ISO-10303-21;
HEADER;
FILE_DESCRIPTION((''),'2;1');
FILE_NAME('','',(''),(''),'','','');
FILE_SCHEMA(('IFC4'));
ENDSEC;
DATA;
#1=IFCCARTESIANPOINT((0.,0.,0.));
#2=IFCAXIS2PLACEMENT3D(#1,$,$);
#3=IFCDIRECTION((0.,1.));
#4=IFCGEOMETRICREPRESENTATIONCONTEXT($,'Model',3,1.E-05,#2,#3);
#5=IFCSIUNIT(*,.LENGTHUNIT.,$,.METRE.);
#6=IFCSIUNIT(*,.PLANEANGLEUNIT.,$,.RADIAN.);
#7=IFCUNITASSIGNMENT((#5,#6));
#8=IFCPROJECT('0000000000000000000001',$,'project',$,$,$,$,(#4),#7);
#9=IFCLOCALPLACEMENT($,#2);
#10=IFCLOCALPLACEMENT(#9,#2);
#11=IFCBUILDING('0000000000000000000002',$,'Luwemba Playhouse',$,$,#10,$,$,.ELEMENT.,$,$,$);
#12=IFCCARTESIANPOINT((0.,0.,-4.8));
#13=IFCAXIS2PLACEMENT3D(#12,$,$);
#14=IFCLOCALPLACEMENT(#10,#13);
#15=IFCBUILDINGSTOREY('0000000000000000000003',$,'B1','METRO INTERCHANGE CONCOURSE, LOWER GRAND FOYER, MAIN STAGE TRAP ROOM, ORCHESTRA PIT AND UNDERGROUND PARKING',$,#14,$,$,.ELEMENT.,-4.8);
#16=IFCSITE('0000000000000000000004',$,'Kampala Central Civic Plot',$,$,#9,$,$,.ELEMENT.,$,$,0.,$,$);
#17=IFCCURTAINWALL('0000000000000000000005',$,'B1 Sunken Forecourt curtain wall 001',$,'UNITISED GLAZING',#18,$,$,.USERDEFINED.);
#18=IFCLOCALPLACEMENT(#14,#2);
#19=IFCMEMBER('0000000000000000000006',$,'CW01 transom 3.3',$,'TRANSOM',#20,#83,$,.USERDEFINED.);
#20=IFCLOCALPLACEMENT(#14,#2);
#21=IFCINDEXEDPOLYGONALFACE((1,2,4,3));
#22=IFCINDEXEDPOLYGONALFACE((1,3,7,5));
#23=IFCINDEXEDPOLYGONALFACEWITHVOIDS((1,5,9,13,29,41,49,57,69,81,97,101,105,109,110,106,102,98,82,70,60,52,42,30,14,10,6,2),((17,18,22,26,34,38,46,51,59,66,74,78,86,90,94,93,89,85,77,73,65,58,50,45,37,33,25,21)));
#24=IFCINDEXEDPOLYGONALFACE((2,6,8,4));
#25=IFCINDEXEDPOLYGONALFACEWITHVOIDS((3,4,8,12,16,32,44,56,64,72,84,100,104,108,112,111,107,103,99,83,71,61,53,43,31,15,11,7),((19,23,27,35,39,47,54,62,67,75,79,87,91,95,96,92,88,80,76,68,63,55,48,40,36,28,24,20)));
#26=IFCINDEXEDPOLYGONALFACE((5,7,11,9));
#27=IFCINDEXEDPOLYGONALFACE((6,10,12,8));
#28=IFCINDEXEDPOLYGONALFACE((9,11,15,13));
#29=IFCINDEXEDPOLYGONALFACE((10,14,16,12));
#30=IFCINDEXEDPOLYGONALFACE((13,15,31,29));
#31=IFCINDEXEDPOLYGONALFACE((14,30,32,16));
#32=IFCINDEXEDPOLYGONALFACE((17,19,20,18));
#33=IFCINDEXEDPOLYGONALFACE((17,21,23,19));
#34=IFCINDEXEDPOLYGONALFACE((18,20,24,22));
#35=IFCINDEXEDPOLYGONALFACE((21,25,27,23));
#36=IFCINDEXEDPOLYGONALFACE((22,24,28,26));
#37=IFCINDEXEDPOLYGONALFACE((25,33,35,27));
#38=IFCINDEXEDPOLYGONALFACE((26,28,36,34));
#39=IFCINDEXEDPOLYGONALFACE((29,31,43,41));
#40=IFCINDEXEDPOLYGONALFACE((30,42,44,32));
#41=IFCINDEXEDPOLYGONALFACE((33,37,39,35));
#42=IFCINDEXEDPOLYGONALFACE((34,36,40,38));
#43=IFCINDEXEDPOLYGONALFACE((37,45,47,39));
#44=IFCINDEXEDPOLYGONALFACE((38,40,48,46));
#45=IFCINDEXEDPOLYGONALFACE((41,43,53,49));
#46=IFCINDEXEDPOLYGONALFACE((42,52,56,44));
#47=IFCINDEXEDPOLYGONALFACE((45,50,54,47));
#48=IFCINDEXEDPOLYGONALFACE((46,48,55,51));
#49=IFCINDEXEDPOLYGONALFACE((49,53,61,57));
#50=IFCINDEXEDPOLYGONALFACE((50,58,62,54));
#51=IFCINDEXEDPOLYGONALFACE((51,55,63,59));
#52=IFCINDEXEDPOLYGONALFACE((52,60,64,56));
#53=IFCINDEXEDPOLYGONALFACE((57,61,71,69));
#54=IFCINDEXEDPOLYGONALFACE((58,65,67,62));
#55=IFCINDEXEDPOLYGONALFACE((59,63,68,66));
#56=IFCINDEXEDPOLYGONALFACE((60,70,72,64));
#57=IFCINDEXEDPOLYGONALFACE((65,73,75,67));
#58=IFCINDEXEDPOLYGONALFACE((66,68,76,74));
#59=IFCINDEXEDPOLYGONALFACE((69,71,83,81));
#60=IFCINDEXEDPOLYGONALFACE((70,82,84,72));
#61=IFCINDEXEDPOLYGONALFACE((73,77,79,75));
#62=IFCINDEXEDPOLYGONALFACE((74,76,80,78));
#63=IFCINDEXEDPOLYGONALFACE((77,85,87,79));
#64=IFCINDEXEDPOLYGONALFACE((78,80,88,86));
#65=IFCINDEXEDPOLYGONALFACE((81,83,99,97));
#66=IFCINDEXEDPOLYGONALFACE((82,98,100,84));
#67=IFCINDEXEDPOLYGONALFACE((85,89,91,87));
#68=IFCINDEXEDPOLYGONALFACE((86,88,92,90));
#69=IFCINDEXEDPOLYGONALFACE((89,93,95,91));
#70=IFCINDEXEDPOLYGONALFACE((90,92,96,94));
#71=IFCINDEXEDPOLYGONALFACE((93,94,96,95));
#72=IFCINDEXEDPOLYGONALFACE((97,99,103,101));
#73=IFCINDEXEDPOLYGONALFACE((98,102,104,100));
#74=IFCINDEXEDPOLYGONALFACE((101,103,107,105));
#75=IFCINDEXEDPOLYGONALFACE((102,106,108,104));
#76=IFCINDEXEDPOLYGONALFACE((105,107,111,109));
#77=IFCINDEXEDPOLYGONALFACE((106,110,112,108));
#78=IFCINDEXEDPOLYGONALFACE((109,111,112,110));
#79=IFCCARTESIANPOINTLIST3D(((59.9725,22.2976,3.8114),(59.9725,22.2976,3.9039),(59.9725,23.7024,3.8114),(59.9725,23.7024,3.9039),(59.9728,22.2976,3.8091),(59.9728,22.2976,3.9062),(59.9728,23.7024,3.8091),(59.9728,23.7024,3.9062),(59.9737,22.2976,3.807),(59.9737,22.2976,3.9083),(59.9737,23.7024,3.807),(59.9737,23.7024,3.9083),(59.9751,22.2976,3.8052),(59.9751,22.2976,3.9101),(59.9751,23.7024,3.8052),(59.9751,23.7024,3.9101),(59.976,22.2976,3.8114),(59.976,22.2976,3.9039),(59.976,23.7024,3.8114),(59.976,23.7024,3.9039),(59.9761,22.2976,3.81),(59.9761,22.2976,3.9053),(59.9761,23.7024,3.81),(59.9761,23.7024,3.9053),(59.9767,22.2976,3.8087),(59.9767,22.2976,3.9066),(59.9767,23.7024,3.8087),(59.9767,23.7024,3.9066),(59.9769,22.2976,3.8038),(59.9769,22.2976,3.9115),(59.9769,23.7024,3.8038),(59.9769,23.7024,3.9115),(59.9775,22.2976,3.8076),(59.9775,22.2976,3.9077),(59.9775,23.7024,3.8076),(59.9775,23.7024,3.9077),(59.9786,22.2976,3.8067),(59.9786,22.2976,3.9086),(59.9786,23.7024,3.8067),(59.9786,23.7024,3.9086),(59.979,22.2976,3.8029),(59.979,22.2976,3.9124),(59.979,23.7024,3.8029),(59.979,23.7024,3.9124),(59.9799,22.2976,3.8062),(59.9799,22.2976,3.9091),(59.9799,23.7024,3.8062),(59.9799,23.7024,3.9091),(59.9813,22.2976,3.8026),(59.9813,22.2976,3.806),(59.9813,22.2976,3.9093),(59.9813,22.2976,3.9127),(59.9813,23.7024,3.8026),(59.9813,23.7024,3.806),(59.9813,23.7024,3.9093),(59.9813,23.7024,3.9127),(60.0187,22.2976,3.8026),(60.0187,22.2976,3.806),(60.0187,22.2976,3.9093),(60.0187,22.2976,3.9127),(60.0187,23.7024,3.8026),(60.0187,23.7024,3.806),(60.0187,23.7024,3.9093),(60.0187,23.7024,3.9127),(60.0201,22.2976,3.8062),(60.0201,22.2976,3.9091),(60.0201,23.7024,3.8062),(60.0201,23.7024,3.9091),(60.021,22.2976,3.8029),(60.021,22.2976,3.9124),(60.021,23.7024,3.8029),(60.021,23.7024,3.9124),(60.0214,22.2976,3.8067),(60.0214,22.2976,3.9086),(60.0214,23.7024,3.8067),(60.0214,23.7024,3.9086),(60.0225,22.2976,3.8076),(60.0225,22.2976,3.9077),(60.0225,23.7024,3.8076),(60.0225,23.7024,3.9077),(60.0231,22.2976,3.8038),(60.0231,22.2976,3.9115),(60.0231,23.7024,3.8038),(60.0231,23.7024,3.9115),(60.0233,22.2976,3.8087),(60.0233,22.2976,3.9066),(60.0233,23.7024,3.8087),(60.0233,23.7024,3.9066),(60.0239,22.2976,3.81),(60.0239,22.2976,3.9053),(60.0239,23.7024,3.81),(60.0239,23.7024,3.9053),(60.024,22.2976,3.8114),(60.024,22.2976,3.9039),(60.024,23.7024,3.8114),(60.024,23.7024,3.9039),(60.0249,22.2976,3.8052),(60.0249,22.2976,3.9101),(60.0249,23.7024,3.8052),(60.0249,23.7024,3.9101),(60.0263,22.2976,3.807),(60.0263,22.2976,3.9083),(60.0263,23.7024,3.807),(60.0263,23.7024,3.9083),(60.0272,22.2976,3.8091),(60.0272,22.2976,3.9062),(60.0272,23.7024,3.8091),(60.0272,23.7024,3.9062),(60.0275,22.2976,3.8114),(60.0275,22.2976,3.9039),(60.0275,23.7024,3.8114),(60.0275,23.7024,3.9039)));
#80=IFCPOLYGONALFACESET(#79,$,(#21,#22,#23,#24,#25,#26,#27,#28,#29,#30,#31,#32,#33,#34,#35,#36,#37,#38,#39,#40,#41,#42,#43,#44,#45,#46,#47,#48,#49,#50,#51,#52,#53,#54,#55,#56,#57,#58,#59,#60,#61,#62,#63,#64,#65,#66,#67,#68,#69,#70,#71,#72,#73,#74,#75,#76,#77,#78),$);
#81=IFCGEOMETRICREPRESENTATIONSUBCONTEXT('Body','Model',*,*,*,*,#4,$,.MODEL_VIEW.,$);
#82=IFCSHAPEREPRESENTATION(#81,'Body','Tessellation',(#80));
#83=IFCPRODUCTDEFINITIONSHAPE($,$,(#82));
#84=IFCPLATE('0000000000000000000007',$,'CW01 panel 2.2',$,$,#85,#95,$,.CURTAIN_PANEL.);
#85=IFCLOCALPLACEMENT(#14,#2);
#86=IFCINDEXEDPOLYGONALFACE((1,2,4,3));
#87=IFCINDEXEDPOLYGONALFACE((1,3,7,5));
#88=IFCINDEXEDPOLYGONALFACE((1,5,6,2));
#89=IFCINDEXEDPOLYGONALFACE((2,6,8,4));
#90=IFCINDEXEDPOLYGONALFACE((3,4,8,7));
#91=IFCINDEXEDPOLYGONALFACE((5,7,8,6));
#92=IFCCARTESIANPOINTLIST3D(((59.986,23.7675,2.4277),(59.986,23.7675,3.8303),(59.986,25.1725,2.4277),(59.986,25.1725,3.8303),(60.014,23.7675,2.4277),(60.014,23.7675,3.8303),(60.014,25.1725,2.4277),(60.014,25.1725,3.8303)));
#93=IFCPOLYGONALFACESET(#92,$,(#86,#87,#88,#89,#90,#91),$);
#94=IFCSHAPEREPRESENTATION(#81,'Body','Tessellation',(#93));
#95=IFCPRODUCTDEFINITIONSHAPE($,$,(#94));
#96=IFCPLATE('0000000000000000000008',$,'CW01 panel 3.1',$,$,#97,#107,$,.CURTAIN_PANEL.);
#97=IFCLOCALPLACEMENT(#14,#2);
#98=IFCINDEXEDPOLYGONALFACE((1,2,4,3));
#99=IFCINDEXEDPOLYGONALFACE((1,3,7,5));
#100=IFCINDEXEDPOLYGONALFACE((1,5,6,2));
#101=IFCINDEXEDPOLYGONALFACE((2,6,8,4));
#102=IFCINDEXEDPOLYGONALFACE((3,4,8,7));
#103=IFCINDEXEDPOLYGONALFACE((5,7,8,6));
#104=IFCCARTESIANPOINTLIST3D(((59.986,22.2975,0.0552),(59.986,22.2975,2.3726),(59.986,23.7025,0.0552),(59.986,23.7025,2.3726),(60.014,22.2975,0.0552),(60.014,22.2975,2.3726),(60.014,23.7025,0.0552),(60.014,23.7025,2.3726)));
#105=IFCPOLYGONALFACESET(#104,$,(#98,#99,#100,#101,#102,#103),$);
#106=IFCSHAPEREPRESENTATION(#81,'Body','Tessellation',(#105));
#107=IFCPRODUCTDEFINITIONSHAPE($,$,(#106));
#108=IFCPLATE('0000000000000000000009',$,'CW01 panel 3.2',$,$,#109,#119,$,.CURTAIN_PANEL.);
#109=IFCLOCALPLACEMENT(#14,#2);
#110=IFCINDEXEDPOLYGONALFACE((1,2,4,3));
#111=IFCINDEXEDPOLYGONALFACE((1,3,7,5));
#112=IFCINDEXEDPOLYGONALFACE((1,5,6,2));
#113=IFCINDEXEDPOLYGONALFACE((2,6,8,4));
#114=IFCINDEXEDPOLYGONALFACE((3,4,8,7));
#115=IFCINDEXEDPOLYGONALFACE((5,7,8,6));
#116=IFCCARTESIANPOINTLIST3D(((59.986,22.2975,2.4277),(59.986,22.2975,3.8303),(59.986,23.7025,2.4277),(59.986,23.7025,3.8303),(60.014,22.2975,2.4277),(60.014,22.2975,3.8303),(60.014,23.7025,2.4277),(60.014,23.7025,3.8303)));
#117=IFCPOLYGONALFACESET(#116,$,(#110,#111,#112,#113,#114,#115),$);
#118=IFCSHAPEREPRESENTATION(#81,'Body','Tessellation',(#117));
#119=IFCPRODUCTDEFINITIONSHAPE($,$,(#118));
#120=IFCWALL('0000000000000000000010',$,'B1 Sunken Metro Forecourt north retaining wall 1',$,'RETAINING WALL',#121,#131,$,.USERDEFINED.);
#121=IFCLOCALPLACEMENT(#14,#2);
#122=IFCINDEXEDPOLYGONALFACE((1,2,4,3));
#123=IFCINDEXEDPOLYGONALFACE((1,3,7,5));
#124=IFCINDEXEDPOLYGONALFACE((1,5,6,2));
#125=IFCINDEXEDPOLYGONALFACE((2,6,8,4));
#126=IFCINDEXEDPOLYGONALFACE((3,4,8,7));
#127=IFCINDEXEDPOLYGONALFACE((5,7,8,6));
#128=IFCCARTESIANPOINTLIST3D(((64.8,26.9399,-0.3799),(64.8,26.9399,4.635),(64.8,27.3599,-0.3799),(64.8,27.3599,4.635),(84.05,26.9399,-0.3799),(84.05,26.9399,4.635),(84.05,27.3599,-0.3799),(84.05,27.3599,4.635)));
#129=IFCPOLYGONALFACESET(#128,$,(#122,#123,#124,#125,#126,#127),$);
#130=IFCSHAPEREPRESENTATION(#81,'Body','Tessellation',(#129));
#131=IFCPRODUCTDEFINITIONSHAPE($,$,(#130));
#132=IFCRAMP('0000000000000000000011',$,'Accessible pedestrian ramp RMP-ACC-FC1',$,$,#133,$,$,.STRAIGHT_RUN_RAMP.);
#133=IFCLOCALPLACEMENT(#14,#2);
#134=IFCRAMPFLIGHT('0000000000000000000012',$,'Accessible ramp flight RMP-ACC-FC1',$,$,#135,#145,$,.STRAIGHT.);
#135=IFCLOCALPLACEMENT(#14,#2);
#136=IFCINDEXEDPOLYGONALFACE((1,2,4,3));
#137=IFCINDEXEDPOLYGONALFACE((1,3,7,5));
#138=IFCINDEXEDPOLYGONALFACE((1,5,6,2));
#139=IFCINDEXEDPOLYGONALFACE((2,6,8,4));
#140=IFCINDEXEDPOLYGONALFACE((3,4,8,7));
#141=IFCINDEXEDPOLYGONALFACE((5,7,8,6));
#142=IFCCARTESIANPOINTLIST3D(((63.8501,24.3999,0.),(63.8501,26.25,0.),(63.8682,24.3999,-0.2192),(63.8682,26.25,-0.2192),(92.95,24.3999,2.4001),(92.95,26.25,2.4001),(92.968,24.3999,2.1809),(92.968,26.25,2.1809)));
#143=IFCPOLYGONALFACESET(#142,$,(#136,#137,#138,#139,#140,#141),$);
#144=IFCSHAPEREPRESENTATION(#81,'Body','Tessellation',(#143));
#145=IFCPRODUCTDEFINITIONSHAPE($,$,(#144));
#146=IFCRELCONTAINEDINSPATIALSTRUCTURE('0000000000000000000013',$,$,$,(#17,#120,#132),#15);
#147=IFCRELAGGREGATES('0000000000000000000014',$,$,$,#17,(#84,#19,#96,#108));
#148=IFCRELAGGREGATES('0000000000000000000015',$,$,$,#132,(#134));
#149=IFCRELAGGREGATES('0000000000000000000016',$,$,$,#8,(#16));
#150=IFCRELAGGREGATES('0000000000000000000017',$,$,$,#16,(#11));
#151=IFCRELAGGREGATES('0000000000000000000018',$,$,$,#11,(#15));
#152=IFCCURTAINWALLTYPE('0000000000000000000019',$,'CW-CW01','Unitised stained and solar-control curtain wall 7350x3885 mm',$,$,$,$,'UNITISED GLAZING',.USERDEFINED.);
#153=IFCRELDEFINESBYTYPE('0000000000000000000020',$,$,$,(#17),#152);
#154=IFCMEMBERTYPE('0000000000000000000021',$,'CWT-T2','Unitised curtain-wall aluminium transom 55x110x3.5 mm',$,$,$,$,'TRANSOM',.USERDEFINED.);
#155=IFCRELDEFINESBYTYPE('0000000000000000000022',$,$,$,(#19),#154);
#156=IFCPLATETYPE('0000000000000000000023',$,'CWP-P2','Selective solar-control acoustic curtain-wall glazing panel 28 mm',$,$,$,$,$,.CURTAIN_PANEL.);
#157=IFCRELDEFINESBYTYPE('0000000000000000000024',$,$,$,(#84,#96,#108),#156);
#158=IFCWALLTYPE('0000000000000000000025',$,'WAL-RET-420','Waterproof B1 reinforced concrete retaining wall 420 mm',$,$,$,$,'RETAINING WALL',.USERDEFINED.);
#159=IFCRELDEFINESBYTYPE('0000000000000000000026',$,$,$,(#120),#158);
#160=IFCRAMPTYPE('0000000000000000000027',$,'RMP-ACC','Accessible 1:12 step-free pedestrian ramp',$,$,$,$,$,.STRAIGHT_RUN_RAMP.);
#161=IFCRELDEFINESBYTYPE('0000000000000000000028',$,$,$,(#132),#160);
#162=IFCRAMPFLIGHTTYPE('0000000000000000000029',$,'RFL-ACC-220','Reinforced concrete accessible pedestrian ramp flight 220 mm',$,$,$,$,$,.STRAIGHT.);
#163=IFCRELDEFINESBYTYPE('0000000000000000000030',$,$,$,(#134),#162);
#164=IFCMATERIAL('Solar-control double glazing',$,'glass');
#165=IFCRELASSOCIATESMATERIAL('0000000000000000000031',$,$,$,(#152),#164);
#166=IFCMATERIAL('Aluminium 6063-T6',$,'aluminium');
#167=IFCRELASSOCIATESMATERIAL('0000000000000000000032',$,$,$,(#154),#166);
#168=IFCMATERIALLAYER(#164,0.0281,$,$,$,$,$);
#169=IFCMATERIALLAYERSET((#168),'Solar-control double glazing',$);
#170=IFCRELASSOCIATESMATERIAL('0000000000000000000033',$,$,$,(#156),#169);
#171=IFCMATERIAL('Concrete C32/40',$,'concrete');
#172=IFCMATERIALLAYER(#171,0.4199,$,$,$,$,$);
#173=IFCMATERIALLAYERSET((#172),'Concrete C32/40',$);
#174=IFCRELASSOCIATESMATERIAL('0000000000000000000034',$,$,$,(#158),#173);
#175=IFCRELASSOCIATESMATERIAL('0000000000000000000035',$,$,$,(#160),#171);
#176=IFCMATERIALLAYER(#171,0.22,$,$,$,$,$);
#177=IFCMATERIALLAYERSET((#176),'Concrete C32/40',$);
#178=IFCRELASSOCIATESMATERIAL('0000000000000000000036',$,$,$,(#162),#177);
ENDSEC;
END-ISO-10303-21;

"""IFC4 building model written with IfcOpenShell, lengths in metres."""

from ifc_helpers import new_model, si_unit, direction, frame, frame_2d, origin, origin_2d, place, context, subcontext, project, spatial, polyline, rectangle, hollow_rectangle, outline, extrude, material, layer, layer_set, material_profile, profile_set, type_object, element, aggregate, save


model = new_model("IFC4")

# Units and contexts
model_context = context("Model", 3, precision=1e-05, world=origin(), true_north=direction((0.0, 1.0)))
body_context = subcontext(model_context, "Body", "Model", "MODEL_VIEW")
ifc_project = project(units=[si_unit("LENGTHUNIT", "METRE"), si_unit("PLANEANGLEUNIT", "RADIAN")], contexts=[model_context])

# Site, building, storey
site_placement = place(None, origin())
site = spatial("IfcSite", under=ifc_project, at=site_placement, Name="Kampala Central Civic Plot", CompositionType="ELEMENT", RefElevation=0.0)
building_placement = place(site_placement, origin())
building = spatial("IfcBuilding", under=site, at=building_placement, Name="Luwemba Playhouse", CompositionType="ELEMENT")
storey_placement = place(building_placement, frame((0.0, 0.0, -4.8)))
storey = spatial("IfcBuildingStorey", under=building, at=storey_placement, Name="B1", Description="METRO INTERCHANGE CONCOURSE, LOWER GRAND FOYER, MAIN STAGE TRAP ROOM, ORCHESTRA PIT AND UNDERGROUND PARKING", CompositionType="ELEMENT", Elevation=-4.8)

# Shared definitions
ifc_material_1 = material(Name="Concrete C32/40", Category="concrete")

# Curtain wall, member, plates
ifc_material_2 = material(Name="Solar-control double glazing", Category="glass")
curtain_wall_type = type_object("IfcCurtainWallType", Name="CW-CW01", Description="Unitised stained and solar-control curtain wall 7350x3885 mm", ElementType="UNITISED GLAZING", PredefinedType="USERDEFINED", material=ifc_material_2)
curtain_wall_placement = place(storey_placement, origin())
curtain_wall = element("IfcCurtainWall", 1, at=curtain_wall_placement, inside=storey, type_object=curtain_wall_type, Name="B1 Sunken Forecourt curtain wall 001", ObjectType="UNITISED GLAZING", PredefinedType="USERDEFINED")
ifc_material_3 = material(Name="Aluminium 6063-T6", Category="aluminium")
ifc_material_profile_1 = material_profile(ifc_material_3, hollow_rectangle(XDim=0.0549, YDim=0.1101, WallThickness=0.0034, InnerFilletRadius=0.0054, OuterFilletRadius=0.0088, at=origin_2d()))
ifc_profile_set_1 = profile_set([ifc_material_profile_1], Name="Aluminium 6063-T6")
member_type = type_object("IfcMemberType", Name="CWT-T2", Description="Unitised curtain-wall aluminium transom 55x110x3.5 mm", ElementType="TRANSOM", PredefinedType="USERDEFINED", material=ifc_profile_set_1)
member_1_placement = place(storey_placement, frame((60.0, 23.7024, 3.8577), z_axis=(0.0, -1.0, 0.0), x_axis=(1.0, 0.0, 0.0)))
member_1 = element("IfcMember", 2, at=member_1_placement, type_object=member_type, Name="CW01 transom 3.3", ObjectType="TRANSOM", PredefinedType="USERDEFINED", context=body_context, shape_type="SweptSolid", body=[
    extrude(hollow_rectangle(XDim=0.0549, YDim=0.1101, WallThickness=0.0034, InnerFilletRadius=0.0054, OuterFilletRadius=0.0088, at=origin_2d()), origin(), (0.0, 0.0, 1.0), 1.4048),
])
ifc_layer_1 = layer(ifc_material_2, 0.0281)
ifc_layer_set_1 = layer_set([ifc_layer_1], Name="Solar-control double glazing")
plate_type = type_object("IfcPlateType", Name="CWP-P2", Description="Selective solar-control acoustic curtain-wall glazing panel 28 mm", PredefinedType="CURTAIN_PANEL", material=ifc_layer_set_1)
plate_1_placement = place(storey_placement, frame((60.0, 24.47, 2.4277), z_axis=(0.0, 0.0, 1.0), x_axis=(0.0, -1.0, 0.0)))
plate_1 = element("IfcPlate", 3, at=plate_1_placement, type_object=plate_type, Name="CW01 panel 2.2", PredefinedType="CURTAIN_PANEL", context=body_context, shape_type="SweptSolid", body=[
    extrude(rectangle(XDim=1.405, YDim=0.0281, at=origin_2d()), origin(), (0.0, 0.0, 1.0), 1.4026),
])
plate_2_placement = place(storey_placement, frame((60.0, 23.0, 0.0552), z_axis=(0.0, 0.0, 1.0), x_axis=(0.0, -1.0, 0.0)))
plate_2 = element("IfcPlate", 4, at=plate_2_placement, type_object=plate_type, Name="CW01 panel 3.1", PredefinedType="CURTAIN_PANEL", context=body_context, shape_type="SweptSolid", body=[
    extrude(rectangle(XDim=1.405, YDim=0.0281, at=origin_2d()), origin(), (0.0, 0.0, 1.0), 2.3174),
])
plate_3_placement = place(storey_placement, frame((60.0, 23.0, 2.4277), z_axis=(0.0, 0.0, 1.0), x_axis=(0.0, -1.0, 0.0)))
plate_3 = element("IfcPlate", 5, at=plate_3_placement, type_object=plate_type, Name="CW01 panel 3.2", PredefinedType="CURTAIN_PANEL", context=body_context, shape_type="SweptSolid", body=[
    extrude(rectangle(XDim=1.405, YDim=0.0281, at=origin_2d()), origin(), (0.0, 0.0, 1.0), 1.4026),
])
aggregate(curtain_wall, [plate_1, member_1, plate_2, plate_3])

# Wall
ifc_layer_2 = layer(ifc_material_1, 0.4199)
ifc_layer_set_2 = layer_set([ifc_layer_2], Name="Concrete C32/40")
wall_type = type_object("IfcWallType", Name="WAL-RET-420", Description="Waterproof B1 reinforced concrete retaining wall 420 mm", ElementType="RETAINING WALL", PredefinedType="USERDEFINED", material=ifc_layer_set_2)
wall_placement = place(storey_placement, frame((64.8, 27.1499, -0.3799), z_axis=(0.0, 0.0, 1.0), x_axis=(1.0, 0.0, 0.0)))
element("IfcWall", 6, at=wall_placement, inside=storey, type_object=wall_type, Name="B1 Sunken Metro Forecourt north retaining wall 1", ObjectType="RETAINING WALL", PredefinedType="USERDEFINED", context=body_context, shape_type="SweptSolid", body=[
    extrude(rectangle(XDim=19.25, YDim=0.4199, at=frame_2d((9.625, 0.0))), origin(), (0.0, 0.0, 1.0), 5.0149),
])

# Ramp, ramp flight
ramp_type = type_object("IfcRampType", Name="RMP-ACC", Description="Accessible 1:12 step-free pedestrian ramp", PredefinedType="STRAIGHT_RUN_RAMP", material=ifc_material_1)
ramp_placement = place(storey_placement, origin())
ramp = element("IfcRamp", 7, at=ramp_placement, inside=storey, type_object=ramp_type, Name="Accessible pedestrian ramp RMP-ACC-FC1", PredefinedType="STRAIGHT_RUN_RAMP")
ifc_layer_3 = layer(ifc_material_1, 0.22)
ifc_layer_set_3 = layer_set([ifc_layer_3], Name="Concrete C32/40")
ramp_flight_type = type_object("IfcRampFlightType", Name="RFL-ACC-220", Description="Reinforced concrete accessible pedestrian ramp flight 220 mm", PredefinedType="STRAIGHT", material=ifc_layer_set_3)
ramp_flight_placement = place(storey_placement, frame((63.8501, 24.3999, 0.0), z_axis=(-0.082201, 0.0, 0.996616), x_axis=(0.996616, 0.0, 0.082201)))
ramp_flight = element("IfcRampFlight", 8, at=ramp_flight_placement, type_object=ramp_flight_type, Name="Accessible ramp flight RMP-ACC-FC1", PredefinedType="STRAIGHT", context=body_context, shape_type="SweptSolid", body=[
    extrude(outline(polyline([(0.0, 0.0), (29.1987, 0.0), (29.1987, 1.8501), (0.0, 1.8501), (0.0, 0.0)])), origin(), (0.0, 0.0, -1.0), 0.22),
])
aggregate(ramp, [ramp_flight])

save(model, "model.ifc")
